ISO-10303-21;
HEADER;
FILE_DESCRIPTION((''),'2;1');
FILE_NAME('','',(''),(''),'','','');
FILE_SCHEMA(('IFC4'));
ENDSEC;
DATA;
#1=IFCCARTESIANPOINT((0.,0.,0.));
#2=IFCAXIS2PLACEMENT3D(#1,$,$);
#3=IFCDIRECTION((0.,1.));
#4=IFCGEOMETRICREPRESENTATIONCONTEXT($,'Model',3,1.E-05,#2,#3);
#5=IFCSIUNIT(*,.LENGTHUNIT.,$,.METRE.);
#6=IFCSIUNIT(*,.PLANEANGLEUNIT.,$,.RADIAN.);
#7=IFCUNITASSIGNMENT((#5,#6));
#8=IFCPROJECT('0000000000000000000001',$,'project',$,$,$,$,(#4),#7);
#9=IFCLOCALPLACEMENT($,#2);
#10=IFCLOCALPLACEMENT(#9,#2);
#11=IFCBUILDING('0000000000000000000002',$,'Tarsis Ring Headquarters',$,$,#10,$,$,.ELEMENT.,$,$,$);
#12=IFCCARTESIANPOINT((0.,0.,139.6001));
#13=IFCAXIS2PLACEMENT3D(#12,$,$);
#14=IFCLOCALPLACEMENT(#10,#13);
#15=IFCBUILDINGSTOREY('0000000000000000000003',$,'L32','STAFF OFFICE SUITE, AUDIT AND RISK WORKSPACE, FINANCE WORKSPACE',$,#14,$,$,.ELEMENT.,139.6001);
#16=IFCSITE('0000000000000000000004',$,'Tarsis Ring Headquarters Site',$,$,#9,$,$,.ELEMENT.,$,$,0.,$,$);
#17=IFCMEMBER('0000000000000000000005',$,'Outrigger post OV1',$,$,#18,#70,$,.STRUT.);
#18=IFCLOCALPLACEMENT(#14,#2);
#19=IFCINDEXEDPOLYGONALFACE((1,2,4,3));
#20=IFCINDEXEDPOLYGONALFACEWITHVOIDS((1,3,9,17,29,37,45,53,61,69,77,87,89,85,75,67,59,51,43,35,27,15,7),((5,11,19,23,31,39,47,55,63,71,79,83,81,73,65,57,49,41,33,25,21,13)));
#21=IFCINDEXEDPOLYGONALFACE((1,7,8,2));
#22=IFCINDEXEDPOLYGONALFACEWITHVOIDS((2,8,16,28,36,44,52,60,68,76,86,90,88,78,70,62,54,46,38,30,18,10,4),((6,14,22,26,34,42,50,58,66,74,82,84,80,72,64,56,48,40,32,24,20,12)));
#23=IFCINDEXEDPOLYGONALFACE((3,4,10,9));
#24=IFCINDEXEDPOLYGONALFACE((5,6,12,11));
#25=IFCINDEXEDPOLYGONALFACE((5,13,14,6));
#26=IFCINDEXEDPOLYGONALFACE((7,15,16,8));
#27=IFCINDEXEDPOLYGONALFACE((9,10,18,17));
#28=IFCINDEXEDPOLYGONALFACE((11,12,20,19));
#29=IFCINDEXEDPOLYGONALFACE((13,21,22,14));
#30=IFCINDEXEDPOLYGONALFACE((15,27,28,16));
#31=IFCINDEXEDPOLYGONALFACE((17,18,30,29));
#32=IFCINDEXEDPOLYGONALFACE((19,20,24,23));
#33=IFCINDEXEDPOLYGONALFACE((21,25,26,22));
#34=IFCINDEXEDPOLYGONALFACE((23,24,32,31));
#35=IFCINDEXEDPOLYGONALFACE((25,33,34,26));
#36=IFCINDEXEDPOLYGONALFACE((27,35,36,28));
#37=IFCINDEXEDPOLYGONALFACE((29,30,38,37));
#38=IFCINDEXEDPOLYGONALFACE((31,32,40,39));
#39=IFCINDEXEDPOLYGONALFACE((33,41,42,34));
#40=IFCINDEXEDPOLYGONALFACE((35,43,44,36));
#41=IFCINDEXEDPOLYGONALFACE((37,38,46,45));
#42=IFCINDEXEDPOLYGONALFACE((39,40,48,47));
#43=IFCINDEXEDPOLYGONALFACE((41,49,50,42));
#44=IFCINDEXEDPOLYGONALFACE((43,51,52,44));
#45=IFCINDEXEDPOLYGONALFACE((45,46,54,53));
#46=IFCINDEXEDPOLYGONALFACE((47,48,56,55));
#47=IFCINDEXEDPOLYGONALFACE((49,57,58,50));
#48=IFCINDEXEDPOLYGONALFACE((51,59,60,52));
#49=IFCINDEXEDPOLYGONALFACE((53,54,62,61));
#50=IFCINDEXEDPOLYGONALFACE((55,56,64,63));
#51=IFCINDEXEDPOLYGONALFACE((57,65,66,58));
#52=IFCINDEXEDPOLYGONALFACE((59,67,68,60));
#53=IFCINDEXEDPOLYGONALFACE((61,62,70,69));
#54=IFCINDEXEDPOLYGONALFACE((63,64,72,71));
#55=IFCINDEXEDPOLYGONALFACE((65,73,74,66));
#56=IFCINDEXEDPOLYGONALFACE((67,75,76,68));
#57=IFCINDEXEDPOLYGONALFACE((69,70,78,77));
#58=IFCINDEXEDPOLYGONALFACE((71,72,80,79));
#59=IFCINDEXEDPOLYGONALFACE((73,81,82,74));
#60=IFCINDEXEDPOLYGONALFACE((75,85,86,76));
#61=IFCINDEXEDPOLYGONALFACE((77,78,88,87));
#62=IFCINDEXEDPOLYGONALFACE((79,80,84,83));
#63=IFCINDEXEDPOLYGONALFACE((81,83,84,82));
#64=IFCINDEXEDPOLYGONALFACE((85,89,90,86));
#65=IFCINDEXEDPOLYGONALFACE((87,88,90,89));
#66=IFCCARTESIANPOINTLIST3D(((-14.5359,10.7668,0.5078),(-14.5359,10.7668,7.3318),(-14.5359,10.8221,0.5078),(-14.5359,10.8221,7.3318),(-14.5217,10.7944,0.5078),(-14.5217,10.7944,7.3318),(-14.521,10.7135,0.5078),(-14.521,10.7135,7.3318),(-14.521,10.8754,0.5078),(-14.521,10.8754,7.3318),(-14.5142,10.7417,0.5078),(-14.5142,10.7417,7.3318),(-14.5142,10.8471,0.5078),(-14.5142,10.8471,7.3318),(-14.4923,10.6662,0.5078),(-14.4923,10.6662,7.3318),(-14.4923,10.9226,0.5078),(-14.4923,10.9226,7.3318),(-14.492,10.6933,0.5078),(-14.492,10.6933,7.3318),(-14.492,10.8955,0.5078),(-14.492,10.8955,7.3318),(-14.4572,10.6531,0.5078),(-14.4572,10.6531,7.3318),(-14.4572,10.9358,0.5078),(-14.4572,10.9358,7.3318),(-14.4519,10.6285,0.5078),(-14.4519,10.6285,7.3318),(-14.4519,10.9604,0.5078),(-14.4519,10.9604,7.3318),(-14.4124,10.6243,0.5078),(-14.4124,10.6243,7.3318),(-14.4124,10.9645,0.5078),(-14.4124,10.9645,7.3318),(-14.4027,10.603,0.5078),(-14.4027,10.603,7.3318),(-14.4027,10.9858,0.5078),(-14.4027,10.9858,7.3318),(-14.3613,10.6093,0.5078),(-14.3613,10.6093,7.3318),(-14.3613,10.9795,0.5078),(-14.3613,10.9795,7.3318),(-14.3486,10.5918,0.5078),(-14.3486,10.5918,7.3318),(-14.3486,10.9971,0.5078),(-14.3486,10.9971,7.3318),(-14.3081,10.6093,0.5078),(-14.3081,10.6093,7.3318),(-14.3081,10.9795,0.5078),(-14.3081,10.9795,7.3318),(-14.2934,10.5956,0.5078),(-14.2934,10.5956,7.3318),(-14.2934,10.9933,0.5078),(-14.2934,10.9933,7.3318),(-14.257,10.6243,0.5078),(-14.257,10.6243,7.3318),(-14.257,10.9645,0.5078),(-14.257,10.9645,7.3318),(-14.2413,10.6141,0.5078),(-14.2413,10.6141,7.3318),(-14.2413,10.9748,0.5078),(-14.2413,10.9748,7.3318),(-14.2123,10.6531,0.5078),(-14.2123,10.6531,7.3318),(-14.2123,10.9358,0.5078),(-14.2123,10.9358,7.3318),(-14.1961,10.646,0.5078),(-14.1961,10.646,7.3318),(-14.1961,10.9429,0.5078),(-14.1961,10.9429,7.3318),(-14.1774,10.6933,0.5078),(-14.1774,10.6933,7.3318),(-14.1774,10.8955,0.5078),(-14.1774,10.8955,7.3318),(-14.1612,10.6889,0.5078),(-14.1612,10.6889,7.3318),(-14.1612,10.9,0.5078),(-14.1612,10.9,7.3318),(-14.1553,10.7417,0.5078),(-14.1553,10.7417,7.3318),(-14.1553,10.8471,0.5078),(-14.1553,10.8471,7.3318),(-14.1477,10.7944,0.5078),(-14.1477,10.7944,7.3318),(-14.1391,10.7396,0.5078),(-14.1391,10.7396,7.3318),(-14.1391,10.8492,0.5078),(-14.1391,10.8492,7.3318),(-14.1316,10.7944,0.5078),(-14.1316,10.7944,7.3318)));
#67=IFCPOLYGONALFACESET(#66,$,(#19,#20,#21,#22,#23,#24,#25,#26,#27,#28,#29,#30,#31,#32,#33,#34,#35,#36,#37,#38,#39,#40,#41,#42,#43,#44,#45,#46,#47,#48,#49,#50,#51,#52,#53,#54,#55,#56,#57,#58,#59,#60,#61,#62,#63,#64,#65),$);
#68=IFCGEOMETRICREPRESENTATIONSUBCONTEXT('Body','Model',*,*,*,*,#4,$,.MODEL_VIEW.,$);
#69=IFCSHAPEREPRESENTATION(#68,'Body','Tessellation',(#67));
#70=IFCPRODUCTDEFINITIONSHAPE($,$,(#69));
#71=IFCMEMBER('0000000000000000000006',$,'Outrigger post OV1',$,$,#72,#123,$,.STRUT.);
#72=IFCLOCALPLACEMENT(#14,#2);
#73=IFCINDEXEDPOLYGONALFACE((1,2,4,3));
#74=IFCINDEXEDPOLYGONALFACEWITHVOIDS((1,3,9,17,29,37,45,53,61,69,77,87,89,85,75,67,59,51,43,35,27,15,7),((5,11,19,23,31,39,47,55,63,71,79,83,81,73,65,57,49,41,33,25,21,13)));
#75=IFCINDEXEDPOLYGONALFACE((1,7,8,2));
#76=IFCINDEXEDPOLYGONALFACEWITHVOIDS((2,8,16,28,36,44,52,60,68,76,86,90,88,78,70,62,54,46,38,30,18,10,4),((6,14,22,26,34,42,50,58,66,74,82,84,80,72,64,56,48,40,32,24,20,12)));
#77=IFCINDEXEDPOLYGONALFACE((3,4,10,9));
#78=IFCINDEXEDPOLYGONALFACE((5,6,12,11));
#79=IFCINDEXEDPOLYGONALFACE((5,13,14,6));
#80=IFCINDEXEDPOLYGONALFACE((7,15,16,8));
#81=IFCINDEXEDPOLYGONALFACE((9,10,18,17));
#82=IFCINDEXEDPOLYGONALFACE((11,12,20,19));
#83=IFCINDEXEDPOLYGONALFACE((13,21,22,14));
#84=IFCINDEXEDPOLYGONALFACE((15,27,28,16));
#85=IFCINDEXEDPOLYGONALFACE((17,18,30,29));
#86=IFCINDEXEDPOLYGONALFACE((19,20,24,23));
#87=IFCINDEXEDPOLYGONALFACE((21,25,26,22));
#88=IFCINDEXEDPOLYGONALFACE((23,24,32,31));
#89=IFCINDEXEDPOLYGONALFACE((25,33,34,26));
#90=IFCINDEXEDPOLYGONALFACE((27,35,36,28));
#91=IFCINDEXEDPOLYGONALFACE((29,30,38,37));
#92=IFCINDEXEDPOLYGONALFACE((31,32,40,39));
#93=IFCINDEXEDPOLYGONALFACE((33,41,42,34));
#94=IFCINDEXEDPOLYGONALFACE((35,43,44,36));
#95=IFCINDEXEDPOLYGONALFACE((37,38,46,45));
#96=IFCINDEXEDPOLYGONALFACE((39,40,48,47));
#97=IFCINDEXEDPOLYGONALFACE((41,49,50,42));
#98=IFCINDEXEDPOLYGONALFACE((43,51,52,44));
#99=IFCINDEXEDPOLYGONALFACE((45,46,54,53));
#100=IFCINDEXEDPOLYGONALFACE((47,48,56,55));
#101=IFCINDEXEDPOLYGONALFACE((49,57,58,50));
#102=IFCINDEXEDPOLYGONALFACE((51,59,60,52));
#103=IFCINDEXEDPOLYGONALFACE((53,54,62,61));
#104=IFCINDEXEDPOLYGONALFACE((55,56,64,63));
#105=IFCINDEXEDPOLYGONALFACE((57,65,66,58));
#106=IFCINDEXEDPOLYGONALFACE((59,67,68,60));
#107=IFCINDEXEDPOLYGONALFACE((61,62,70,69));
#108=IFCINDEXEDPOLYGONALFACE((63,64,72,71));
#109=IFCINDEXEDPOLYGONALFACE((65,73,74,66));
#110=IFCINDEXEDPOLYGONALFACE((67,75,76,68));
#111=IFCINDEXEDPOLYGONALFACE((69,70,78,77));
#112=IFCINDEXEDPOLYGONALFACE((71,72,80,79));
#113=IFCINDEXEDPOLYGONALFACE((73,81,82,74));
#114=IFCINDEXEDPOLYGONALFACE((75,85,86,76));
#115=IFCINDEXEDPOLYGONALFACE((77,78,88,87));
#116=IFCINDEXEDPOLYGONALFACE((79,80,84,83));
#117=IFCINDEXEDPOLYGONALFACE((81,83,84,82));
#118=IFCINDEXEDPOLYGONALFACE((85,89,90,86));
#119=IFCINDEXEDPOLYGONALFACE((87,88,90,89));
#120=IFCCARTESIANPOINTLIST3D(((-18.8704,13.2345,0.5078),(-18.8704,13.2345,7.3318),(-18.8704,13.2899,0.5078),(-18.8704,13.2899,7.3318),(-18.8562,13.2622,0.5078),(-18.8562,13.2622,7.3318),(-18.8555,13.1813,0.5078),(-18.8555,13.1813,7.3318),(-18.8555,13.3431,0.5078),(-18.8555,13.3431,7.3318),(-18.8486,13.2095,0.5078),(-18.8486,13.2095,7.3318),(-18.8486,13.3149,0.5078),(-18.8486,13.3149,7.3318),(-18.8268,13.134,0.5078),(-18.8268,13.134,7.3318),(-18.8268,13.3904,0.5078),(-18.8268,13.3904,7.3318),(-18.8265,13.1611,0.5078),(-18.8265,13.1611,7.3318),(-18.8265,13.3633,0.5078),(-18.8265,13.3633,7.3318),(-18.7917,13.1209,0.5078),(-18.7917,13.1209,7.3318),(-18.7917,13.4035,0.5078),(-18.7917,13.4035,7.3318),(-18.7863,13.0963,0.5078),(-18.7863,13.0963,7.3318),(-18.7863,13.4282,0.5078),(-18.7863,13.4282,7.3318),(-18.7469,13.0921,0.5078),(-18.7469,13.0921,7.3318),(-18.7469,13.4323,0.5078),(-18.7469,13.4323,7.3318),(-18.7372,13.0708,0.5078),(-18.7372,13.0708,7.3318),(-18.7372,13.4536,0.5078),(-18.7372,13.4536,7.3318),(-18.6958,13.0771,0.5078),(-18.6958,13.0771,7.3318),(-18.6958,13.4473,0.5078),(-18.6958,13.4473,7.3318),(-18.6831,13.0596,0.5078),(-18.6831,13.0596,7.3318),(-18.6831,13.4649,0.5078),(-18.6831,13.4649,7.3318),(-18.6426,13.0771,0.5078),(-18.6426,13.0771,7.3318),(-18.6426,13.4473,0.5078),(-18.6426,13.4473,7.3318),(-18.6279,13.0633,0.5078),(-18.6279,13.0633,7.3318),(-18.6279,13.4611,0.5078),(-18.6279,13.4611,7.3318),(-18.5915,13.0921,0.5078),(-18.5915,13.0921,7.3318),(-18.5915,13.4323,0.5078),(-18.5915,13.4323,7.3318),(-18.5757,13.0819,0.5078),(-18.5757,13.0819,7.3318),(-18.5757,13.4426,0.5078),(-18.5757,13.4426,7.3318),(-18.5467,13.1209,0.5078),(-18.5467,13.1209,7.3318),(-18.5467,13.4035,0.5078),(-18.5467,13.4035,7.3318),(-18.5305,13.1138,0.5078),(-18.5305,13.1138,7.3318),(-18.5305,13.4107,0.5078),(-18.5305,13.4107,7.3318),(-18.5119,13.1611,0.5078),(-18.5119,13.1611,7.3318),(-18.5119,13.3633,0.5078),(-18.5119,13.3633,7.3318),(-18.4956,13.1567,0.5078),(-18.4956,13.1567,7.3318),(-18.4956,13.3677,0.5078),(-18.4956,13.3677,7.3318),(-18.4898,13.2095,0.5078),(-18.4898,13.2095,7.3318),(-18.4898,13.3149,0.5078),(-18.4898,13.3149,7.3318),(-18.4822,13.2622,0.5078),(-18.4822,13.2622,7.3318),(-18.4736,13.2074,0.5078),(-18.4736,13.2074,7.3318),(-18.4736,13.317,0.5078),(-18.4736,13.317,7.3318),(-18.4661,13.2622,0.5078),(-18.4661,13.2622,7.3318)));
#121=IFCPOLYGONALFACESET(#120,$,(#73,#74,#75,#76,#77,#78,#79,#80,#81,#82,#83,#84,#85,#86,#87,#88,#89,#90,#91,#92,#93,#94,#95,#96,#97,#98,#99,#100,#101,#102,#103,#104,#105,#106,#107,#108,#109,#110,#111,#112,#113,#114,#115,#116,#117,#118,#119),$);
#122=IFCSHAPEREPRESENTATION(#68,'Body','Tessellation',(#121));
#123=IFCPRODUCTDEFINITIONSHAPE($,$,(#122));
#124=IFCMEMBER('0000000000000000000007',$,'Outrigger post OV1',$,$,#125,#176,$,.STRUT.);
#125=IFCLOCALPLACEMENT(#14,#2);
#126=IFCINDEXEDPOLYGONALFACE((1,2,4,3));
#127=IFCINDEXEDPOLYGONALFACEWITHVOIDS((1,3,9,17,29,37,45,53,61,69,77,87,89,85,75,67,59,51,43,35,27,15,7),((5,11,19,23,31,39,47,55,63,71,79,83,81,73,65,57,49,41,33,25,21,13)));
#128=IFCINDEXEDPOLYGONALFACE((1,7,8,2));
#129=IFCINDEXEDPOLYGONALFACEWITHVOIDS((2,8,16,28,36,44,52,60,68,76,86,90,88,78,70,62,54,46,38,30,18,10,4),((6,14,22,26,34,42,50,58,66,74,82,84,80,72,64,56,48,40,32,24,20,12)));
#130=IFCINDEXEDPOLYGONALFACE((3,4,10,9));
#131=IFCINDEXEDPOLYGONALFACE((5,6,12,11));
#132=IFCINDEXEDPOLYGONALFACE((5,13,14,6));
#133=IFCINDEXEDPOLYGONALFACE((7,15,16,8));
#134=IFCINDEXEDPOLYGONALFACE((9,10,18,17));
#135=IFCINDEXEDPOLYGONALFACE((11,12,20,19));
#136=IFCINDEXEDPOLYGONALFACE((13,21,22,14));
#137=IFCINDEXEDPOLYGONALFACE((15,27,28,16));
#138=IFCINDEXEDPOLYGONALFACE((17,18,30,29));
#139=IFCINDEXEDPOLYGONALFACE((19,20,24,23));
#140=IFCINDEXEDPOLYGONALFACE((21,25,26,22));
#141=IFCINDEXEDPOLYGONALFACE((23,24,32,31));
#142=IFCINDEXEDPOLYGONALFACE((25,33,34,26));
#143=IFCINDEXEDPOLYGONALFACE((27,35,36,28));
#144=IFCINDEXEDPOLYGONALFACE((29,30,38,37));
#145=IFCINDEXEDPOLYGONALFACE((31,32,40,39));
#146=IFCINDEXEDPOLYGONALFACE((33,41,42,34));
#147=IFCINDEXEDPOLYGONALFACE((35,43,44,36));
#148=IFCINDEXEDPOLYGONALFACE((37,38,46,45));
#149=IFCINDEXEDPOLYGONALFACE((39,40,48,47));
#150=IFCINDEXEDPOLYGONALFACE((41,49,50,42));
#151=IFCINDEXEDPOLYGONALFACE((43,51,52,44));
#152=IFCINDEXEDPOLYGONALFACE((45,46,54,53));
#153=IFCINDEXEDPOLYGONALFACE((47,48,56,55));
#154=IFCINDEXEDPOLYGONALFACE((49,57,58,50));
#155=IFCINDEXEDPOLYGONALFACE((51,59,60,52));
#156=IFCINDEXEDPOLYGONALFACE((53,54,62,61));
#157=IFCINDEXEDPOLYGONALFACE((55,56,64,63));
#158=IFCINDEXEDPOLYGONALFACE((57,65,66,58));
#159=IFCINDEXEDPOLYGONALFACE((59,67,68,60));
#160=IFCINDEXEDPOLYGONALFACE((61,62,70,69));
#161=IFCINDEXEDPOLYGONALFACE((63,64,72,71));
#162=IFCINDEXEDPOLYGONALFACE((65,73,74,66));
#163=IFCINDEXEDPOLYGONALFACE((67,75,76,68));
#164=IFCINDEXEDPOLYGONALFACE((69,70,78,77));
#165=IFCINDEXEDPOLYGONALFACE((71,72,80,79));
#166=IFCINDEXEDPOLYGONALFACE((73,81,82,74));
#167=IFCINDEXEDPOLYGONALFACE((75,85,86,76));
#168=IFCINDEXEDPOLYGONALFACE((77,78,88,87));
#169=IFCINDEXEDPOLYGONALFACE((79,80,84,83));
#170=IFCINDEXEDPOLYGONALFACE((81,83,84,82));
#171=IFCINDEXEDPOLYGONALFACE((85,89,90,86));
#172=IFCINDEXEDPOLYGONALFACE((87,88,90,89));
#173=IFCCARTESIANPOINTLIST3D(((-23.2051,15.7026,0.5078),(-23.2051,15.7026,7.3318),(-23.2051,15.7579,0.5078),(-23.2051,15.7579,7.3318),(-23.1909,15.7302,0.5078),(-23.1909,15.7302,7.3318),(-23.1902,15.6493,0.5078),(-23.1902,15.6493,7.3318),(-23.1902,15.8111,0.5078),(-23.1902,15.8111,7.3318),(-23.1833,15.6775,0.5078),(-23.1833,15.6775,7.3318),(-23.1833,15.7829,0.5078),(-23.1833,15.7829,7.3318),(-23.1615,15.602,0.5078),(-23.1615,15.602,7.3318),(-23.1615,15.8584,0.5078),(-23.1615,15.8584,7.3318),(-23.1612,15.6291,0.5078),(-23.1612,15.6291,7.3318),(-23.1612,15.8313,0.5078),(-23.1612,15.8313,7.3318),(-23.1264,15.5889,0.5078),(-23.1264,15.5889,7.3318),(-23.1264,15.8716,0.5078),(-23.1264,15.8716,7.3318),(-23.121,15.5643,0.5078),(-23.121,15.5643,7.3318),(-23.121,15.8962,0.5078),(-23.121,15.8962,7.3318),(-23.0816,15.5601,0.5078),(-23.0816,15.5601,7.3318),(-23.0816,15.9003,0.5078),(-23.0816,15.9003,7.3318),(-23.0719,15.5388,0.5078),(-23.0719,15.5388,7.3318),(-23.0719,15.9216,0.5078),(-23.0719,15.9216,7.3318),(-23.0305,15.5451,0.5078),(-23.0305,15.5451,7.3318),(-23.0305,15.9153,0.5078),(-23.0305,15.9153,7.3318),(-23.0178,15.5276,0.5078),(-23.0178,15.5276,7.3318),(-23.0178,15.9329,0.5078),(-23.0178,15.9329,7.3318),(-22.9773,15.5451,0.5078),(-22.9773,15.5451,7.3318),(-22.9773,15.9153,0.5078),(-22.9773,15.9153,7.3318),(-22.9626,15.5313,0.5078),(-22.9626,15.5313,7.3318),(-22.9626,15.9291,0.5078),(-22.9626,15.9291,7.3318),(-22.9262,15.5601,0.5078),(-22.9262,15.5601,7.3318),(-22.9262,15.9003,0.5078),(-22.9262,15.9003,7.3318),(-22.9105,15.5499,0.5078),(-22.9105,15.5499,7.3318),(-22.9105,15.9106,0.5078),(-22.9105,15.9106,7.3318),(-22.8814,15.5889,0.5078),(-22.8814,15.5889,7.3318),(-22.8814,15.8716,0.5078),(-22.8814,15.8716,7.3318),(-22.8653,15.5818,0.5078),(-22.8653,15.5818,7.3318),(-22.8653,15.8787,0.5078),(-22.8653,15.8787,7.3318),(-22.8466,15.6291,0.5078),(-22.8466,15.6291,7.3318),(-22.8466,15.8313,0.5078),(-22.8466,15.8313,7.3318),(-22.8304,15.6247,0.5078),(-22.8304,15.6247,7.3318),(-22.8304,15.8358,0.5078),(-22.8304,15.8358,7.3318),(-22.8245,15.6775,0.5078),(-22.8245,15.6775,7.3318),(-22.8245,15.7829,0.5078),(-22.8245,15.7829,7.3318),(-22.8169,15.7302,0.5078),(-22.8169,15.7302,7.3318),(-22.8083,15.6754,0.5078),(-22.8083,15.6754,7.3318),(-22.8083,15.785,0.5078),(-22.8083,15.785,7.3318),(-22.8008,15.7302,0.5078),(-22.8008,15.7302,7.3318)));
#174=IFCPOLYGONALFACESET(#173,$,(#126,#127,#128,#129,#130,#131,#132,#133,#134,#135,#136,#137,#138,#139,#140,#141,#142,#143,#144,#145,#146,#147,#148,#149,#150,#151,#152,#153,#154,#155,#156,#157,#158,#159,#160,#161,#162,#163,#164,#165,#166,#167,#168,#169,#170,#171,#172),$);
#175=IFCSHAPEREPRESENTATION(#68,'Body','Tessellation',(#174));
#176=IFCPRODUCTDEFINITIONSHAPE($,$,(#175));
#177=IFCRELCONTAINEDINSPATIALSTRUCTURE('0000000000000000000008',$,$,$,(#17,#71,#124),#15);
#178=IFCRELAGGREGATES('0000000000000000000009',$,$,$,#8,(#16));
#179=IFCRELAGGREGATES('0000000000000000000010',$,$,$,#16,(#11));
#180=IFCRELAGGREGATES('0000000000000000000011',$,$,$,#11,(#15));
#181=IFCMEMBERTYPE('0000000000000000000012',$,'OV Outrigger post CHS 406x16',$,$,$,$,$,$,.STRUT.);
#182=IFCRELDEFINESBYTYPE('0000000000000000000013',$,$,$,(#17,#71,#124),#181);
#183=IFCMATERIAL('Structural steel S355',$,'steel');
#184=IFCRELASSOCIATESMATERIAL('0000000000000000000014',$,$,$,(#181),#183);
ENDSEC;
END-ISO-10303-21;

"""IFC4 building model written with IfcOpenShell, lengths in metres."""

from ifc_helpers import new_model, si_unit, direction, frame, origin, origin_2d, place, context, subcontext, project, spatial, hollow_circle, extrude, material, material_profile, profile_set, type_object, element, save


model = new_model("IFC4")

# Units and contexts
model_context = context("Model", 3, precision=1e-05, world=origin(), true_north=direction((0.0, 1.0)))
body_context = subcontext(model_context, "Body", "Model", "MODEL_VIEW")
ifc_project = project(units=[si_unit("LENGTHUNIT", "METRE"), si_unit("PLANEANGLEUNIT", "RADIAN")], contexts=[model_context])

# Site, building, storey
site_placement = place(None, origin())
site = spatial("IfcSite", under=ifc_project, at=site_placement, Name="Tarsis Ring Headquarters Site", CompositionType="ELEMENT", RefElevation=0.0)
building_placement = place(site_placement, origin())
building = spatial("IfcBuilding", under=site, at=building_placement, Name="Tarsis Ring Headquarters", CompositionType="ELEMENT")
storey_placement = place(building_placement, frame((0.0, 0.0, 139.6001)))
storey = spatial("IfcBuildingStorey", under=building, at=storey_placement, Name="L32", Description="STAFF OFFICE SUITE, AUDIT AND RISK WORKSPACE, FINANCE WORKSPACE", CompositionType="ELEMENT", Elevation=139.6001)

# Members
ifc_material_1 = material(Name="Structural steel S355", Category="steel")
ifc_material_profile_1 = material_profile(ifc_material_1, hollow_circle(Radius=0.2031, WallThickness=0.0161, at=origin_2d()), Name="CHS 406x16")
ifc_profile_set_1 = profile_set([ifc_material_profile_1], Name="Structural steel S355")
member_type_1 = type_object("IfcMemberType", Name="OV Outrigger post CHS 406x16", PredefinedType="STRUT", material=ifc_profile_set_1)
for number, where, z_axis, x_axis, name in (
    (1, (-14.3347, 10.7944, 0.5078), (0.0, 0.0, 1.0), (1.0, 0.0, 0.0), "Outrigger post OV1"),
    (2, (-18.6692, 13.2622, 0.5078), (0.0, 0.0, 1.0), (1.0, 0.0, 0.0), "Outrigger post OV1"),
    (3, (-23.0039, 15.7302, 0.5078), (0.0, 0.0, 1.0), (1.0, 0.0, 0.0), "Outrigger post OV1"),
):
    element("IfcMember", number, at=place(storey_placement, frame(where, z_axis=z_axis, x_axis=x_axis)), inside=storey, type_object=member_type_1, Name=name, PredefinedType="STRUT", context=body_context, shape_type="SweptSolid", body=[
        extrude(hollow_circle(Radius=0.2031, WallThickness=0.0161, at=origin_2d()), origin(), (0.0, 0.0, 1.0), 6.824),
    ])

save(model, "model.ifc")
